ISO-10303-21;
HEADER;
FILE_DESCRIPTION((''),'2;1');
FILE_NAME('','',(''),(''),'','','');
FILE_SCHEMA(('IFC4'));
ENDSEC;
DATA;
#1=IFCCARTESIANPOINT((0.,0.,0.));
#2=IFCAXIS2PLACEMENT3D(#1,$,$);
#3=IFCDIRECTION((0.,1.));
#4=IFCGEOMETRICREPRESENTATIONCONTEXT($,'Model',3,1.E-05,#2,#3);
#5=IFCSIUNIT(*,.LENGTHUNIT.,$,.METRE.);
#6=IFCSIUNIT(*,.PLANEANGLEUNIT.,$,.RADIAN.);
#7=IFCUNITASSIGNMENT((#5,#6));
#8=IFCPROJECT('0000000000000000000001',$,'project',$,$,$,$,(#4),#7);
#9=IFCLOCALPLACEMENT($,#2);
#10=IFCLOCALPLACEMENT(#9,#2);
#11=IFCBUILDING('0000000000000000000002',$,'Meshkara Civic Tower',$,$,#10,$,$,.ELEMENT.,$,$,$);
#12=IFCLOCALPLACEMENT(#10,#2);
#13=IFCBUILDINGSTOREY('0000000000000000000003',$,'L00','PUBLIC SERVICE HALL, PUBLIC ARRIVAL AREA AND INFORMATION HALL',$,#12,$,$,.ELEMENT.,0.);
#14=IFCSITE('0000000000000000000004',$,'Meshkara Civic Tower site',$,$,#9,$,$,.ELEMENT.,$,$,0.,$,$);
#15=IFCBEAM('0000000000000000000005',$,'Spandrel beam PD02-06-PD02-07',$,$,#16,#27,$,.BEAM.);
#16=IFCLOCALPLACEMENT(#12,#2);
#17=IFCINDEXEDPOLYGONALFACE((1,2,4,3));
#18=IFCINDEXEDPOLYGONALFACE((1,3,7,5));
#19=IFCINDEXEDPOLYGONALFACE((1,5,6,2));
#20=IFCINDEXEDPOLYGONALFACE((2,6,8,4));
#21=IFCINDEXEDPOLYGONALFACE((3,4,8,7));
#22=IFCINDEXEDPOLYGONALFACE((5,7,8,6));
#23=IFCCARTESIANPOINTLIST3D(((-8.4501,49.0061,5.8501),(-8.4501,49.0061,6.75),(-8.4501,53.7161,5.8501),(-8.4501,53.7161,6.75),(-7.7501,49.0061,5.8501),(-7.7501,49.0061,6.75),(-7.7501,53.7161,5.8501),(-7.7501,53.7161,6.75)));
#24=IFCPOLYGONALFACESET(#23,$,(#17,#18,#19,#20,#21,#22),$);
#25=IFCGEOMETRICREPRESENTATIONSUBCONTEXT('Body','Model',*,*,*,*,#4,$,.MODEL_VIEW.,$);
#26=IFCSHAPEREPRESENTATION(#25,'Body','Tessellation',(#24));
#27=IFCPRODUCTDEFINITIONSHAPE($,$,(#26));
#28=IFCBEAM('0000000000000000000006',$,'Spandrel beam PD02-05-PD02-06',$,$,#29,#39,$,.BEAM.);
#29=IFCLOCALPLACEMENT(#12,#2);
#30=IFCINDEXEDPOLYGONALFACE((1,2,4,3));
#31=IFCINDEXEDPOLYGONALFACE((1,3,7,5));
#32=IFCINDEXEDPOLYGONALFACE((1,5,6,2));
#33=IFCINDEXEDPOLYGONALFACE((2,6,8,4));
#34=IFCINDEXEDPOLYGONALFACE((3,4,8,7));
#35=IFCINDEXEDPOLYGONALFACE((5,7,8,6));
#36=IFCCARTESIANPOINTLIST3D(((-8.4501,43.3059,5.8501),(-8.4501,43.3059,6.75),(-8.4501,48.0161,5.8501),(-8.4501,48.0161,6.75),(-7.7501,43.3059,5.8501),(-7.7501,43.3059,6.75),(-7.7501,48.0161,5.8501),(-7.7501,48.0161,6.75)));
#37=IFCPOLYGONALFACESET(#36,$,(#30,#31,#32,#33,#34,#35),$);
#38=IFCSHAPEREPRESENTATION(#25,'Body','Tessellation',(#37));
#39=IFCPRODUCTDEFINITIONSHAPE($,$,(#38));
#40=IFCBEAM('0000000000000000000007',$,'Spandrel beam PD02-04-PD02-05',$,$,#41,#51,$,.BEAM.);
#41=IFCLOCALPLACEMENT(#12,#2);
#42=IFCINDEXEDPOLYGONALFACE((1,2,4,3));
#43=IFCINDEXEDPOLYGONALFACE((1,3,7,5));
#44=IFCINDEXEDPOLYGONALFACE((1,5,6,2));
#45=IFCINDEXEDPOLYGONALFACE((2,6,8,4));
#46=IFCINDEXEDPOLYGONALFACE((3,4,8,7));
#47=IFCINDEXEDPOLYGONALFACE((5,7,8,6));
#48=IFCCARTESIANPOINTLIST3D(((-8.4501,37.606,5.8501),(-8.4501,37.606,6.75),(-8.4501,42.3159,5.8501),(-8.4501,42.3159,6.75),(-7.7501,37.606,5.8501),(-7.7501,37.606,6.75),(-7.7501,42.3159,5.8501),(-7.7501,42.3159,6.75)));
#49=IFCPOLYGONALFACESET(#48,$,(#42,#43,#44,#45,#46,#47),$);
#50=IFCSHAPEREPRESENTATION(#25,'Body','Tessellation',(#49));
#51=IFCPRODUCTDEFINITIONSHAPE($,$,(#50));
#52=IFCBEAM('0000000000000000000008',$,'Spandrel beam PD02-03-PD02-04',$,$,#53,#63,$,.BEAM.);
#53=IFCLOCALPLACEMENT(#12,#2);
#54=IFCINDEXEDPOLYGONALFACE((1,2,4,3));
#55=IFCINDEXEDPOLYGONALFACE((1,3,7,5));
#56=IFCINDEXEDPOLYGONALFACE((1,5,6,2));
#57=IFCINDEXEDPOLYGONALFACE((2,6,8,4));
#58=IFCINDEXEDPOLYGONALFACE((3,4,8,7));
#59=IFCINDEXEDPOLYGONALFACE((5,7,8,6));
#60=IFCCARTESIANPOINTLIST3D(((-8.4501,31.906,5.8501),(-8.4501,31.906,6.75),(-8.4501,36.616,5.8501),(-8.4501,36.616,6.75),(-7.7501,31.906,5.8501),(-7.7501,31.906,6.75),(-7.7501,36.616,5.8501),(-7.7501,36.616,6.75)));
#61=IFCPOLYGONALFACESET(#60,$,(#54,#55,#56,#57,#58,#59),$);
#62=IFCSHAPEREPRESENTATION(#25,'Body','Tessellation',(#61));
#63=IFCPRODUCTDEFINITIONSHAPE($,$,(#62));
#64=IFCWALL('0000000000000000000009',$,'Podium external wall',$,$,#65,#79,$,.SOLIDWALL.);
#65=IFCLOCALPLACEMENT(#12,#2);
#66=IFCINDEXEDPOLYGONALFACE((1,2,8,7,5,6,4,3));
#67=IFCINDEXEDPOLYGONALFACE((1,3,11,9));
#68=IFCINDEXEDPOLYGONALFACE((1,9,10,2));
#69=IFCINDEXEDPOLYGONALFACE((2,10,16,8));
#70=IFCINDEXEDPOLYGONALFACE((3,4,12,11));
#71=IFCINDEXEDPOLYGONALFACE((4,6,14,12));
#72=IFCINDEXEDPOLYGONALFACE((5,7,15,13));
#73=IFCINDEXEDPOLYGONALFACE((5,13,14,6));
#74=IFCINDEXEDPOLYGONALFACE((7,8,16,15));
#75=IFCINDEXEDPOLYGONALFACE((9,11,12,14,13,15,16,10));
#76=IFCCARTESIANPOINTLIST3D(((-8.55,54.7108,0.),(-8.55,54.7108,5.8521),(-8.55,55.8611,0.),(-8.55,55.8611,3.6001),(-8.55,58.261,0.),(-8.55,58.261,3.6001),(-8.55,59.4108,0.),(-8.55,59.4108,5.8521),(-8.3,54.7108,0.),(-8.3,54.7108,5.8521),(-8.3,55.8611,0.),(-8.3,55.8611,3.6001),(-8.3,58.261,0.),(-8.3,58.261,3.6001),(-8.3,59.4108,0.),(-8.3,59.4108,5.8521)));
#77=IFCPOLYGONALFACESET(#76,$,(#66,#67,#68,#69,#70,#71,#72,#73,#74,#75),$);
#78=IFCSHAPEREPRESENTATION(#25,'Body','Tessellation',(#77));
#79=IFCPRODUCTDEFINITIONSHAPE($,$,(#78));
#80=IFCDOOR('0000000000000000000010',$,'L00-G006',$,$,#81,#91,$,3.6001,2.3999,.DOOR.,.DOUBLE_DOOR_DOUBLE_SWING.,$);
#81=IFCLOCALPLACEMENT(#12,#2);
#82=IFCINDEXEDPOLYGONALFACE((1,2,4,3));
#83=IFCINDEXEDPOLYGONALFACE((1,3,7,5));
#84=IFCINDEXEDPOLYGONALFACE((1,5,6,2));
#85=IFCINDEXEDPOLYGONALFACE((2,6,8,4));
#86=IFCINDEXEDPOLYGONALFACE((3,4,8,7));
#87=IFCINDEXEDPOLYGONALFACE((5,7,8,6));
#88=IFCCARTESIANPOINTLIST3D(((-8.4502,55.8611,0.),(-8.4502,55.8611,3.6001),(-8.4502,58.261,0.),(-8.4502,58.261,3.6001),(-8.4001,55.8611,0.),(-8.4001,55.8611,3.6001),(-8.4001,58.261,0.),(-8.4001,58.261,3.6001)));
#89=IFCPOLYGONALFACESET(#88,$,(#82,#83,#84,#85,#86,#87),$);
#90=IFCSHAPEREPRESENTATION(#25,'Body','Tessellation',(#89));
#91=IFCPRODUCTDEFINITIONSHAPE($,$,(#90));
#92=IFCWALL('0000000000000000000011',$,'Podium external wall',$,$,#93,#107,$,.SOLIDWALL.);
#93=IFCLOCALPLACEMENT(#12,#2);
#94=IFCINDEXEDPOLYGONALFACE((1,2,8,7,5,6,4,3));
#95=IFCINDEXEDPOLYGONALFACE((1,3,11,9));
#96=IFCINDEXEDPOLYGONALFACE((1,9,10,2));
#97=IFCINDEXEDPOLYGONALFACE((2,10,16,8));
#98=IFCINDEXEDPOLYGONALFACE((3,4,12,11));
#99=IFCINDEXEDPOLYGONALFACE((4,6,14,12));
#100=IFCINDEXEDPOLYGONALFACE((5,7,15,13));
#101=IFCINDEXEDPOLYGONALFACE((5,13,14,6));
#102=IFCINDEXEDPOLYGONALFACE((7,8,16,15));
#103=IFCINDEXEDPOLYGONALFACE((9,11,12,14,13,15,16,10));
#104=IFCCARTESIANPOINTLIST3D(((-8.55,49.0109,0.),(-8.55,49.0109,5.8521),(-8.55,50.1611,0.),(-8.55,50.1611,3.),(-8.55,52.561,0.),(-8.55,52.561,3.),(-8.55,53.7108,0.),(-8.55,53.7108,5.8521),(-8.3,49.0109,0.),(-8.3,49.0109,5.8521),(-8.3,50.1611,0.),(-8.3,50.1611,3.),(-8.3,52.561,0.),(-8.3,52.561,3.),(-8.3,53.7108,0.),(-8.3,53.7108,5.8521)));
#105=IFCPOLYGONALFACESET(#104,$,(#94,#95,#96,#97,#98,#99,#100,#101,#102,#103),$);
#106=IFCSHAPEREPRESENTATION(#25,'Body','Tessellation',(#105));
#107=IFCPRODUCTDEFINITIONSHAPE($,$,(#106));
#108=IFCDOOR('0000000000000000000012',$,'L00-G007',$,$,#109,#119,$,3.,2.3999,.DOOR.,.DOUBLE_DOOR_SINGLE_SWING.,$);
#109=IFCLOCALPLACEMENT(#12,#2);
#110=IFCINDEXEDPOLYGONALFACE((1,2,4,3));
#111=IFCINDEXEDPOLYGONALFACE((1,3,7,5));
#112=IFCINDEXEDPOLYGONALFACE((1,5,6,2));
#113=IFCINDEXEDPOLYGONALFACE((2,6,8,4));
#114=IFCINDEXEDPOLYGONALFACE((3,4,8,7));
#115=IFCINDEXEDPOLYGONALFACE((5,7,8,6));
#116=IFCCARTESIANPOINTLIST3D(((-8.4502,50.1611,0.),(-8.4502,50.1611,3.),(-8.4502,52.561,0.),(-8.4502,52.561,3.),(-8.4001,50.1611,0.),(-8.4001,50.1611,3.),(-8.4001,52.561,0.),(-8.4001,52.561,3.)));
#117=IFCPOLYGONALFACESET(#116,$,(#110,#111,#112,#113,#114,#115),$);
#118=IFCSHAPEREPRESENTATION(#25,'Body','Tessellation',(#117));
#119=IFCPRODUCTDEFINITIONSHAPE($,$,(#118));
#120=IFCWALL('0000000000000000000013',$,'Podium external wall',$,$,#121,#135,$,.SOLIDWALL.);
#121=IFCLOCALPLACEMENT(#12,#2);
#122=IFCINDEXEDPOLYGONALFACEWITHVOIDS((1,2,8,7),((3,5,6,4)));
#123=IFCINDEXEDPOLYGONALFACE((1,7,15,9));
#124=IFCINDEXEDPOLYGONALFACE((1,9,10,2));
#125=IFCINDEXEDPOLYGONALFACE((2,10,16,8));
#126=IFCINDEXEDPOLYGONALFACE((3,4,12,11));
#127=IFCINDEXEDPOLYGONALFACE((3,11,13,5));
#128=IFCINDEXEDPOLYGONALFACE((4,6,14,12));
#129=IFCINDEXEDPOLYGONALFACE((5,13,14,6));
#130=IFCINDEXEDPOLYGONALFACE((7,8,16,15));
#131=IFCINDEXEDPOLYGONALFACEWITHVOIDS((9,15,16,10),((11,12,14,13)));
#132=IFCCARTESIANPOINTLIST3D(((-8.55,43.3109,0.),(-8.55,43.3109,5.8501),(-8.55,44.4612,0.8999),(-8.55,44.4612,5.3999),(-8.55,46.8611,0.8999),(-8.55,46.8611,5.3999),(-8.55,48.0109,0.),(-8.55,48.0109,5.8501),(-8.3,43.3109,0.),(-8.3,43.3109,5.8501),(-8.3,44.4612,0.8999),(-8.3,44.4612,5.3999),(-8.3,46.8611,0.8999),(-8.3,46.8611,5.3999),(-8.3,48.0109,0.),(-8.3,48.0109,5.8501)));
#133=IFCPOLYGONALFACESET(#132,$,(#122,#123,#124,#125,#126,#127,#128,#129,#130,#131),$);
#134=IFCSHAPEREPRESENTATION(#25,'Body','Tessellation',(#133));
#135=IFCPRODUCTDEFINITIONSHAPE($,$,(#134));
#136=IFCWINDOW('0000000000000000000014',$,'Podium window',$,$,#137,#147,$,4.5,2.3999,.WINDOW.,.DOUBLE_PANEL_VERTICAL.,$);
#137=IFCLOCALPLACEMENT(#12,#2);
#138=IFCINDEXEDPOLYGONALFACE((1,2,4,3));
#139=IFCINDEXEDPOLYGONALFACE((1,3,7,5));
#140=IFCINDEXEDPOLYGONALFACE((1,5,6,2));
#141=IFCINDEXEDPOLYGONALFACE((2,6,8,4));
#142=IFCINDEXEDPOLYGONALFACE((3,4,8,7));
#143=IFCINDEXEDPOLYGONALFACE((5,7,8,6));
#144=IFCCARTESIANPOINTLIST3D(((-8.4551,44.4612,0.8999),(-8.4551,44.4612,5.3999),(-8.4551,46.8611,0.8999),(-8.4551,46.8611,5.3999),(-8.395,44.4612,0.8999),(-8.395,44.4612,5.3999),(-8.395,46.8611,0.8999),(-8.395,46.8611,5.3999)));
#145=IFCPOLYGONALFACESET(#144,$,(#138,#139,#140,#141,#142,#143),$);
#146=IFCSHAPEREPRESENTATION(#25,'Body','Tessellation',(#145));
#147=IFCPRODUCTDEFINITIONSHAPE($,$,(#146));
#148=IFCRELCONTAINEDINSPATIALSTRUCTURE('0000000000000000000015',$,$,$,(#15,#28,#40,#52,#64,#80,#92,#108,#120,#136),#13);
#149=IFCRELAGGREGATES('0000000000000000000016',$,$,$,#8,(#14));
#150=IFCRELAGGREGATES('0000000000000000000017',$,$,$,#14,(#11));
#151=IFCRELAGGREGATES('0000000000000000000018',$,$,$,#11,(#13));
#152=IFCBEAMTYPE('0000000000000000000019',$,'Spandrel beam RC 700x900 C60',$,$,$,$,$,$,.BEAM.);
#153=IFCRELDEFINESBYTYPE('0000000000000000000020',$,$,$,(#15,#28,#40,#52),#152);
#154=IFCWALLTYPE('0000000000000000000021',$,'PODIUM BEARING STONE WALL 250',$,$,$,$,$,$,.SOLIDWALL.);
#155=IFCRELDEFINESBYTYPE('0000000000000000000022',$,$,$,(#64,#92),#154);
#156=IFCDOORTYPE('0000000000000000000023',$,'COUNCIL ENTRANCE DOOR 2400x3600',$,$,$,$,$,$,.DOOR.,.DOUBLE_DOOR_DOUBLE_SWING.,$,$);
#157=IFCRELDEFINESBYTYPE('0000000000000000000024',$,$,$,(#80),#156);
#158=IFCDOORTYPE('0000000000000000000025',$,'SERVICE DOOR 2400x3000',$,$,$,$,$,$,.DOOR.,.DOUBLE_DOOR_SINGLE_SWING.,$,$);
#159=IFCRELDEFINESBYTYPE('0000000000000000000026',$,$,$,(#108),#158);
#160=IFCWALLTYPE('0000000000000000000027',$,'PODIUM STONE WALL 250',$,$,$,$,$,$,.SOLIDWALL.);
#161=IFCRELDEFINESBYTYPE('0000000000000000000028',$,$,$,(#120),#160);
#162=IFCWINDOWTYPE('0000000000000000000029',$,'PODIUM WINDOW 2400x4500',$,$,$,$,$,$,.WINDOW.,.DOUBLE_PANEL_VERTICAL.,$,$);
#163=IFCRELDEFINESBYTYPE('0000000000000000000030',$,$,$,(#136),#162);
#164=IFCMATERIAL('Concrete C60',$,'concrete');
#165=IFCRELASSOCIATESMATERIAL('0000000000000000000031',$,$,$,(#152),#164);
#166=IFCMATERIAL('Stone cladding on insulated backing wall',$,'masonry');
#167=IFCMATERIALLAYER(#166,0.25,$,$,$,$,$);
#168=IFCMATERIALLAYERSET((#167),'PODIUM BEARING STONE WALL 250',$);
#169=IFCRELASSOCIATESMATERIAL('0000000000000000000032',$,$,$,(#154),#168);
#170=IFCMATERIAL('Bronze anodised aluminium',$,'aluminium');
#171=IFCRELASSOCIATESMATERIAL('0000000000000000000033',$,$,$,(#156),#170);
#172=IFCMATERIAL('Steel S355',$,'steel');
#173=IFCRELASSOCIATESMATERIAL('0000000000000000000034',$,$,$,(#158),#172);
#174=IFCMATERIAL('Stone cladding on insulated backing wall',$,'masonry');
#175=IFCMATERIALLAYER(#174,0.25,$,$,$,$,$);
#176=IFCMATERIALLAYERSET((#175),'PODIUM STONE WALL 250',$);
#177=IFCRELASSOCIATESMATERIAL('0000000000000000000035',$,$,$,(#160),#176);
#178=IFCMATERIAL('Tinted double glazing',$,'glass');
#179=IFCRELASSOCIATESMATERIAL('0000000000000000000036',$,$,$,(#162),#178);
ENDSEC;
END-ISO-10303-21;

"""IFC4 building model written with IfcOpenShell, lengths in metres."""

from ifc_helpers import new_model, si_unit, direction, frame, frame_2d, origin, origin_2d, place, context, subcontext, project, spatial, rectangle, extrude, material, layer, layer_set, material_profile, profile_set, type_object, element, fill, save


model = new_model("IFC4")

# Units and contexts
model_context = context("Model", 3, precision=1e-05, world=origin(), true_north=direction((0.0, 1.0)))
body_context = subcontext(model_context, "Body", "Model", "MODEL_VIEW")
ifc_project = project(units=[si_unit("LENGTHUNIT", "METRE"), si_unit("PLANEANGLEUNIT", "RADIAN")], contexts=[model_context])

# Site, building, storey
site_placement = place(None, origin())
site = spatial("IfcSite", under=ifc_project, at=site_placement, Name="Meshkara Civic Tower site", CompositionType="ELEMENT", RefElevation=0.0)
building_placement = place(site_placement, origin())
building = spatial("IfcBuilding", under=site, at=building_placement, Name="Meshkara Civic Tower", CompositionType="ELEMENT")
storey_placement = place(building_placement, origin())
storey = spatial("IfcBuildingStorey", under=building, at=storey_placement, Name="L00", Description="PUBLIC SERVICE HALL, PUBLIC ARRIVAL AREA AND INFORMATION HALL", CompositionType="ELEMENT", Elevation=0.0)

# Beams
ifc_material_1 = material(Name="Concrete C60", Category="concrete")
ifc_material_profile_1 = material_profile(ifc_material_1, rectangle(XDim=0.7, YDim=0.8999, at=origin_2d()))
ifc_profile_set_1 = profile_set([ifc_material_profile_1], Name="Concrete C60")
beam_type = type_object("IfcBeamType", Name="Spandrel beam RC 700x900 C60", PredefinedType="BEAM", material=ifc_profile_set_1)
beam_1_placement = place(storey_placement, frame((-8.1001, 53.7161, 6.3), z_axis=(0.0, -1.0, 0.0), x_axis=(1.0, 0.0, 0.0)))
element("IfcBeam", 1, at=beam_1_placement, inside=storey, type_object=beam_type, Name="Spandrel beam PD02-06-PD02-07", PredefinedType="BEAM", context=body_context, shape_type="SweptSolid", body=[
    extrude(rectangle(XDim=0.7, YDim=0.8999, at=origin_2d()), origin(), (0.0, 0.0, 1.0), 4.71),
])
beam_2_placement = place(storey_placement, frame((-8.1001, 48.0161, 6.3), z_axis=(0.0, -1.0, 0.0), x_axis=(1.0, 0.0, 0.0)))
element("IfcBeam", 2, at=beam_2_placement, inside=storey, type_object=beam_type, Name="Spandrel beam PD02-05-PD02-06", PredefinedType="BEAM", context=body_context, shape_type="SweptSolid", body=[
    extrude(rectangle(XDim=0.7, YDim=0.8999, at=origin_2d()), origin(), (0.0, 0.0, 1.0), 4.7102),
])
for number, where, z_axis, x_axis, name in (
    (3, (-8.1001, 42.3159, 6.3), (0.0, -1.0, 0.0), (1.0, 0.0, 0.0), "Spandrel beam PD02-04-PD02-05"),
    (4, (-8.1001, 36.616, 6.3), (0.0, -1.0, 0.0), (1.0, 0.0, 0.0), "Spandrel beam PD02-03-PD02-04"),
):
    element("IfcBeam", number, at=place(storey_placement, frame(where, z_axis=z_axis, x_axis=x_axis)), inside=storey, type_object=beam_type, Name=name, PredefinedType="BEAM", context=body_context, shape_type="SweptSolid", body=[
        extrude(rectangle(XDim=0.7, YDim=0.8999, at=origin_2d()), origin(), (0.0, 0.0, 1.0), 4.71),
    ])

# Walls, openings, doors
ifc_material_2 = material(Name="Stone cladding on insulated backing wall", Category="masonry")
ifc_layer_1 = layer(ifc_material_2, 0.25)
ifc_layer_set_1 = layer_set([ifc_layer_1], Name="PODIUM BEARING STONE WALL 250")
wall_type_1 = type_object("IfcWallType", Name="PODIUM BEARING STONE WALL 250", PredefinedType="SOLIDWALL", material=ifc_layer_set_1)
wall_1_placement = place(storey_placement, frame((-8.425, 59.4109, 0.0), z_axis=(0.0, 0.0, 1.0), x_axis=(0.0, -1.0, 0.0)))
wall_1 = element("IfcWall", 5, at=wall_1_placement, inside=storey, type_object=wall_type_1, Name="Podium external wall", PredefinedType="SOLIDWALL", context=body_context, shape_type="SweptSolid", body=[
    extrude(rectangle(XDim=4.7, YDim=0.25, at=frame_2d((2.3501, 0.0))), origin(), (0.0, 0.0, 1.0), 5.8521),
])
opening_1_placement = place(wall_1_placement, frame((1.1499, 0.0, 0.0)))
opening_1 = element("IfcOpeningElement", 6, at=opening_1_placement, cuts=wall_1, PredefinedType="OPENING", context=body_context, shape_type="SweptSolid", body=[
    extrude(rectangle(XDim=2.3999, YDim=3.6001, at=frame_2d((1.2, 1.8))), frame((0.0, 0.135, 0.0), z_axis=(0.0, -1.0, 0.0), x_axis=(1.0, 0.0, 0.0)), (0.0, 0.0, 1.0), 0.27),
])
ifc_material_3 = material(Name="Bronze anodised aluminium", Category="aluminium")
door_type_1 = type_object("IfcDoorType", Name="COUNCIL ENTRANCE DOOR 2400x3600", OperationType="DOUBLE_DOOR_DOUBLE_SWING", PredefinedType="DOOR", material=ifc_material_3)
door_1_placement = place(opening_1_placement, origin())
door_1 = element("IfcDoor", 7, at=door_1_placement, inside=storey, type_object=door_type_1, Name="L00-G006", OperationType="DOUBLE_DOOR_DOUBLE_SWING", OverallHeight=3.6001, OverallWidth=2.3999, PredefinedType="DOOR", context=body_context, shape_type="SweptSolid", body=[
    extrude(rectangle(XDim=2.3999, YDim=3.6001, at=frame_2d((1.2, 1.8))), frame((0.0, 0.0249, 0.0), z_axis=(0.0, -1.0, 0.0), x_axis=(1.0, 0.0, 0.0)), (0.0, 0.0, 1.0), 0.05),
])
fill(opening_1, door_1)
wall_2_placement = place(storey_placement, frame((-8.425, 53.7109, 0.0), z_axis=(0.0, 0.0, 1.0), x_axis=(0.0, -1.0, 0.0)))
wall_2 = element("IfcWall", 8, at=wall_2_placement, inside=storey, type_object=wall_type_1, Name="Podium external wall", PredefinedType="SOLIDWALL", context=body_context, shape_type="SweptSolid", body=[
    extrude(rectangle(XDim=4.7, YDim=0.25, at=frame_2d((2.3501, 0.0))), origin(), (0.0, 0.0, 1.0), 5.8521),
])
opening_2_placement = place(wall_2_placement, frame((1.1499, 0.0, 0.0)))
opening_2 = element("IfcOpeningElement", 9, at=opening_2_placement, cuts=wall_2, PredefinedType="OPENING", context=body_context, shape_type="SweptSolid", body=[
    extrude(rectangle(XDim=2.3999, YDim=3.0, at=frame_2d((1.2, 1.5))), frame((0.0, 0.135, 0.0), z_axis=(0.0, -1.0, 0.0), x_axis=(1.0, 0.0, 0.0)), (0.0, 0.0, 1.0), 0.27),
])
ifc_material_4 = material(Name="Steel S355", Category="steel")
door_type_2 = type_object("IfcDoorType", Name="SERVICE DOOR 2400x3000", OperationType="DOUBLE_DOOR_SINGLE_SWING", PredefinedType="DOOR", material=ifc_material_4)
door_2_placement = place(opening_2_placement, origin())
door_2 = element("IfcDoor", 10, at=door_2_placement, inside=storey, type_object=door_type_2, Name="L00-G007", OperationType="DOUBLE_DOOR_SINGLE_SWING", OverallHeight=3.0, OverallWidth=2.3999, PredefinedType="DOOR", context=body_context, shape_type="SweptSolid", body=[
    extrude(rectangle(XDim=2.3999, YDim=3.0, at=frame_2d((1.2, 1.5))), frame((0.0, 0.0249, 0.0), z_axis=(0.0, -1.0, 0.0), x_axis=(1.0, 0.0, 0.0)), (0.0, 0.0, 1.0), 0.05),
])
fill(opening_2, door_2)

# Wall, opening, window
ifc_material_5 = material(Name="Stone cladding on insulated backing wall", Category="masonry")
ifc_layer_2 = layer(ifc_material_5, 0.25)
ifc_layer_set_2 = layer_set([ifc_layer_2], Name="PODIUM STONE WALL 250")
wall_type_2 = type_object("IfcWallType", Name="PODIUM STONE WALL 250", PredefinedType="SOLIDWALL", material=ifc_layer_set_2)
wall_3_placement = place(storey_placement, frame((-8.425, 48.011, 0.0), z_axis=(0.0, 0.0, 1.0), x_axis=(0.0, -1.0, 0.0)))
wall_3 = element("IfcWall", 11, at=wall_3_placement, inside=storey, type_object=wall_type_2, Name="Podium external wall", PredefinedType="SOLIDWALL", context=body_context, shape_type="SweptSolid", body=[
    extrude(rectangle(XDim=4.7, YDim=0.25, at=frame_2d((2.3501, 0.0))), origin(), (0.0, 0.0, 1.0), 5.8501),
])
opening_3_placement = place(wall_3_placement, frame((1.1499, 0.0, 0.8999)))
opening_3 = element("IfcOpeningElement", 12, at=opening_3_placement, cuts=wall_3, PredefinedType="OPENING", context=body_context, shape_type="SweptSolid", body=[
    extrude(rectangle(XDim=2.3999, YDim=4.5, at=frame_2d((1.2, 2.25))), frame((0.0, 0.135, 0.0), z_axis=(0.0, -1.0, 0.0), x_axis=(1.0, 0.0, 0.0)), (0.0, 0.0, 1.0), 0.27),
])
ifc_material_6 = material(Name="Tinted double glazing", Category="glass")
window_type = type_object("IfcWindowType", Name="PODIUM WINDOW 2400x4500", PartitioningType="DOUBLE_PANEL_VERTICAL", PredefinedType="WINDOW", material=ifc_material_6)
window_1_placement = place(opening_3_placement, origin())
window_1 = element("IfcWindow", 13, at=window_1_placement, inside=storey, type_object=window_type, Name="Podium window", OverallHeight=4.5, OverallWidth=2.3999, PartitioningType="DOUBLE_PANEL_VERTICAL", PredefinedType="WINDOW", context=body_context, shape_type="SweptSolid", body=[
    extrude(rectangle(XDim=2.3999, YDim=4.5, at=frame_2d((1.2, 2.25))), frame((0.0, 0.03, 0.0), z_axis=(0.0, -1.0, 0.0), x_axis=(1.0, 0.0, 0.0)), (0.0, 0.0, 1.0), 0.0601),
])
fill(opening_3, window_1)

save(model, "model.ifc")
